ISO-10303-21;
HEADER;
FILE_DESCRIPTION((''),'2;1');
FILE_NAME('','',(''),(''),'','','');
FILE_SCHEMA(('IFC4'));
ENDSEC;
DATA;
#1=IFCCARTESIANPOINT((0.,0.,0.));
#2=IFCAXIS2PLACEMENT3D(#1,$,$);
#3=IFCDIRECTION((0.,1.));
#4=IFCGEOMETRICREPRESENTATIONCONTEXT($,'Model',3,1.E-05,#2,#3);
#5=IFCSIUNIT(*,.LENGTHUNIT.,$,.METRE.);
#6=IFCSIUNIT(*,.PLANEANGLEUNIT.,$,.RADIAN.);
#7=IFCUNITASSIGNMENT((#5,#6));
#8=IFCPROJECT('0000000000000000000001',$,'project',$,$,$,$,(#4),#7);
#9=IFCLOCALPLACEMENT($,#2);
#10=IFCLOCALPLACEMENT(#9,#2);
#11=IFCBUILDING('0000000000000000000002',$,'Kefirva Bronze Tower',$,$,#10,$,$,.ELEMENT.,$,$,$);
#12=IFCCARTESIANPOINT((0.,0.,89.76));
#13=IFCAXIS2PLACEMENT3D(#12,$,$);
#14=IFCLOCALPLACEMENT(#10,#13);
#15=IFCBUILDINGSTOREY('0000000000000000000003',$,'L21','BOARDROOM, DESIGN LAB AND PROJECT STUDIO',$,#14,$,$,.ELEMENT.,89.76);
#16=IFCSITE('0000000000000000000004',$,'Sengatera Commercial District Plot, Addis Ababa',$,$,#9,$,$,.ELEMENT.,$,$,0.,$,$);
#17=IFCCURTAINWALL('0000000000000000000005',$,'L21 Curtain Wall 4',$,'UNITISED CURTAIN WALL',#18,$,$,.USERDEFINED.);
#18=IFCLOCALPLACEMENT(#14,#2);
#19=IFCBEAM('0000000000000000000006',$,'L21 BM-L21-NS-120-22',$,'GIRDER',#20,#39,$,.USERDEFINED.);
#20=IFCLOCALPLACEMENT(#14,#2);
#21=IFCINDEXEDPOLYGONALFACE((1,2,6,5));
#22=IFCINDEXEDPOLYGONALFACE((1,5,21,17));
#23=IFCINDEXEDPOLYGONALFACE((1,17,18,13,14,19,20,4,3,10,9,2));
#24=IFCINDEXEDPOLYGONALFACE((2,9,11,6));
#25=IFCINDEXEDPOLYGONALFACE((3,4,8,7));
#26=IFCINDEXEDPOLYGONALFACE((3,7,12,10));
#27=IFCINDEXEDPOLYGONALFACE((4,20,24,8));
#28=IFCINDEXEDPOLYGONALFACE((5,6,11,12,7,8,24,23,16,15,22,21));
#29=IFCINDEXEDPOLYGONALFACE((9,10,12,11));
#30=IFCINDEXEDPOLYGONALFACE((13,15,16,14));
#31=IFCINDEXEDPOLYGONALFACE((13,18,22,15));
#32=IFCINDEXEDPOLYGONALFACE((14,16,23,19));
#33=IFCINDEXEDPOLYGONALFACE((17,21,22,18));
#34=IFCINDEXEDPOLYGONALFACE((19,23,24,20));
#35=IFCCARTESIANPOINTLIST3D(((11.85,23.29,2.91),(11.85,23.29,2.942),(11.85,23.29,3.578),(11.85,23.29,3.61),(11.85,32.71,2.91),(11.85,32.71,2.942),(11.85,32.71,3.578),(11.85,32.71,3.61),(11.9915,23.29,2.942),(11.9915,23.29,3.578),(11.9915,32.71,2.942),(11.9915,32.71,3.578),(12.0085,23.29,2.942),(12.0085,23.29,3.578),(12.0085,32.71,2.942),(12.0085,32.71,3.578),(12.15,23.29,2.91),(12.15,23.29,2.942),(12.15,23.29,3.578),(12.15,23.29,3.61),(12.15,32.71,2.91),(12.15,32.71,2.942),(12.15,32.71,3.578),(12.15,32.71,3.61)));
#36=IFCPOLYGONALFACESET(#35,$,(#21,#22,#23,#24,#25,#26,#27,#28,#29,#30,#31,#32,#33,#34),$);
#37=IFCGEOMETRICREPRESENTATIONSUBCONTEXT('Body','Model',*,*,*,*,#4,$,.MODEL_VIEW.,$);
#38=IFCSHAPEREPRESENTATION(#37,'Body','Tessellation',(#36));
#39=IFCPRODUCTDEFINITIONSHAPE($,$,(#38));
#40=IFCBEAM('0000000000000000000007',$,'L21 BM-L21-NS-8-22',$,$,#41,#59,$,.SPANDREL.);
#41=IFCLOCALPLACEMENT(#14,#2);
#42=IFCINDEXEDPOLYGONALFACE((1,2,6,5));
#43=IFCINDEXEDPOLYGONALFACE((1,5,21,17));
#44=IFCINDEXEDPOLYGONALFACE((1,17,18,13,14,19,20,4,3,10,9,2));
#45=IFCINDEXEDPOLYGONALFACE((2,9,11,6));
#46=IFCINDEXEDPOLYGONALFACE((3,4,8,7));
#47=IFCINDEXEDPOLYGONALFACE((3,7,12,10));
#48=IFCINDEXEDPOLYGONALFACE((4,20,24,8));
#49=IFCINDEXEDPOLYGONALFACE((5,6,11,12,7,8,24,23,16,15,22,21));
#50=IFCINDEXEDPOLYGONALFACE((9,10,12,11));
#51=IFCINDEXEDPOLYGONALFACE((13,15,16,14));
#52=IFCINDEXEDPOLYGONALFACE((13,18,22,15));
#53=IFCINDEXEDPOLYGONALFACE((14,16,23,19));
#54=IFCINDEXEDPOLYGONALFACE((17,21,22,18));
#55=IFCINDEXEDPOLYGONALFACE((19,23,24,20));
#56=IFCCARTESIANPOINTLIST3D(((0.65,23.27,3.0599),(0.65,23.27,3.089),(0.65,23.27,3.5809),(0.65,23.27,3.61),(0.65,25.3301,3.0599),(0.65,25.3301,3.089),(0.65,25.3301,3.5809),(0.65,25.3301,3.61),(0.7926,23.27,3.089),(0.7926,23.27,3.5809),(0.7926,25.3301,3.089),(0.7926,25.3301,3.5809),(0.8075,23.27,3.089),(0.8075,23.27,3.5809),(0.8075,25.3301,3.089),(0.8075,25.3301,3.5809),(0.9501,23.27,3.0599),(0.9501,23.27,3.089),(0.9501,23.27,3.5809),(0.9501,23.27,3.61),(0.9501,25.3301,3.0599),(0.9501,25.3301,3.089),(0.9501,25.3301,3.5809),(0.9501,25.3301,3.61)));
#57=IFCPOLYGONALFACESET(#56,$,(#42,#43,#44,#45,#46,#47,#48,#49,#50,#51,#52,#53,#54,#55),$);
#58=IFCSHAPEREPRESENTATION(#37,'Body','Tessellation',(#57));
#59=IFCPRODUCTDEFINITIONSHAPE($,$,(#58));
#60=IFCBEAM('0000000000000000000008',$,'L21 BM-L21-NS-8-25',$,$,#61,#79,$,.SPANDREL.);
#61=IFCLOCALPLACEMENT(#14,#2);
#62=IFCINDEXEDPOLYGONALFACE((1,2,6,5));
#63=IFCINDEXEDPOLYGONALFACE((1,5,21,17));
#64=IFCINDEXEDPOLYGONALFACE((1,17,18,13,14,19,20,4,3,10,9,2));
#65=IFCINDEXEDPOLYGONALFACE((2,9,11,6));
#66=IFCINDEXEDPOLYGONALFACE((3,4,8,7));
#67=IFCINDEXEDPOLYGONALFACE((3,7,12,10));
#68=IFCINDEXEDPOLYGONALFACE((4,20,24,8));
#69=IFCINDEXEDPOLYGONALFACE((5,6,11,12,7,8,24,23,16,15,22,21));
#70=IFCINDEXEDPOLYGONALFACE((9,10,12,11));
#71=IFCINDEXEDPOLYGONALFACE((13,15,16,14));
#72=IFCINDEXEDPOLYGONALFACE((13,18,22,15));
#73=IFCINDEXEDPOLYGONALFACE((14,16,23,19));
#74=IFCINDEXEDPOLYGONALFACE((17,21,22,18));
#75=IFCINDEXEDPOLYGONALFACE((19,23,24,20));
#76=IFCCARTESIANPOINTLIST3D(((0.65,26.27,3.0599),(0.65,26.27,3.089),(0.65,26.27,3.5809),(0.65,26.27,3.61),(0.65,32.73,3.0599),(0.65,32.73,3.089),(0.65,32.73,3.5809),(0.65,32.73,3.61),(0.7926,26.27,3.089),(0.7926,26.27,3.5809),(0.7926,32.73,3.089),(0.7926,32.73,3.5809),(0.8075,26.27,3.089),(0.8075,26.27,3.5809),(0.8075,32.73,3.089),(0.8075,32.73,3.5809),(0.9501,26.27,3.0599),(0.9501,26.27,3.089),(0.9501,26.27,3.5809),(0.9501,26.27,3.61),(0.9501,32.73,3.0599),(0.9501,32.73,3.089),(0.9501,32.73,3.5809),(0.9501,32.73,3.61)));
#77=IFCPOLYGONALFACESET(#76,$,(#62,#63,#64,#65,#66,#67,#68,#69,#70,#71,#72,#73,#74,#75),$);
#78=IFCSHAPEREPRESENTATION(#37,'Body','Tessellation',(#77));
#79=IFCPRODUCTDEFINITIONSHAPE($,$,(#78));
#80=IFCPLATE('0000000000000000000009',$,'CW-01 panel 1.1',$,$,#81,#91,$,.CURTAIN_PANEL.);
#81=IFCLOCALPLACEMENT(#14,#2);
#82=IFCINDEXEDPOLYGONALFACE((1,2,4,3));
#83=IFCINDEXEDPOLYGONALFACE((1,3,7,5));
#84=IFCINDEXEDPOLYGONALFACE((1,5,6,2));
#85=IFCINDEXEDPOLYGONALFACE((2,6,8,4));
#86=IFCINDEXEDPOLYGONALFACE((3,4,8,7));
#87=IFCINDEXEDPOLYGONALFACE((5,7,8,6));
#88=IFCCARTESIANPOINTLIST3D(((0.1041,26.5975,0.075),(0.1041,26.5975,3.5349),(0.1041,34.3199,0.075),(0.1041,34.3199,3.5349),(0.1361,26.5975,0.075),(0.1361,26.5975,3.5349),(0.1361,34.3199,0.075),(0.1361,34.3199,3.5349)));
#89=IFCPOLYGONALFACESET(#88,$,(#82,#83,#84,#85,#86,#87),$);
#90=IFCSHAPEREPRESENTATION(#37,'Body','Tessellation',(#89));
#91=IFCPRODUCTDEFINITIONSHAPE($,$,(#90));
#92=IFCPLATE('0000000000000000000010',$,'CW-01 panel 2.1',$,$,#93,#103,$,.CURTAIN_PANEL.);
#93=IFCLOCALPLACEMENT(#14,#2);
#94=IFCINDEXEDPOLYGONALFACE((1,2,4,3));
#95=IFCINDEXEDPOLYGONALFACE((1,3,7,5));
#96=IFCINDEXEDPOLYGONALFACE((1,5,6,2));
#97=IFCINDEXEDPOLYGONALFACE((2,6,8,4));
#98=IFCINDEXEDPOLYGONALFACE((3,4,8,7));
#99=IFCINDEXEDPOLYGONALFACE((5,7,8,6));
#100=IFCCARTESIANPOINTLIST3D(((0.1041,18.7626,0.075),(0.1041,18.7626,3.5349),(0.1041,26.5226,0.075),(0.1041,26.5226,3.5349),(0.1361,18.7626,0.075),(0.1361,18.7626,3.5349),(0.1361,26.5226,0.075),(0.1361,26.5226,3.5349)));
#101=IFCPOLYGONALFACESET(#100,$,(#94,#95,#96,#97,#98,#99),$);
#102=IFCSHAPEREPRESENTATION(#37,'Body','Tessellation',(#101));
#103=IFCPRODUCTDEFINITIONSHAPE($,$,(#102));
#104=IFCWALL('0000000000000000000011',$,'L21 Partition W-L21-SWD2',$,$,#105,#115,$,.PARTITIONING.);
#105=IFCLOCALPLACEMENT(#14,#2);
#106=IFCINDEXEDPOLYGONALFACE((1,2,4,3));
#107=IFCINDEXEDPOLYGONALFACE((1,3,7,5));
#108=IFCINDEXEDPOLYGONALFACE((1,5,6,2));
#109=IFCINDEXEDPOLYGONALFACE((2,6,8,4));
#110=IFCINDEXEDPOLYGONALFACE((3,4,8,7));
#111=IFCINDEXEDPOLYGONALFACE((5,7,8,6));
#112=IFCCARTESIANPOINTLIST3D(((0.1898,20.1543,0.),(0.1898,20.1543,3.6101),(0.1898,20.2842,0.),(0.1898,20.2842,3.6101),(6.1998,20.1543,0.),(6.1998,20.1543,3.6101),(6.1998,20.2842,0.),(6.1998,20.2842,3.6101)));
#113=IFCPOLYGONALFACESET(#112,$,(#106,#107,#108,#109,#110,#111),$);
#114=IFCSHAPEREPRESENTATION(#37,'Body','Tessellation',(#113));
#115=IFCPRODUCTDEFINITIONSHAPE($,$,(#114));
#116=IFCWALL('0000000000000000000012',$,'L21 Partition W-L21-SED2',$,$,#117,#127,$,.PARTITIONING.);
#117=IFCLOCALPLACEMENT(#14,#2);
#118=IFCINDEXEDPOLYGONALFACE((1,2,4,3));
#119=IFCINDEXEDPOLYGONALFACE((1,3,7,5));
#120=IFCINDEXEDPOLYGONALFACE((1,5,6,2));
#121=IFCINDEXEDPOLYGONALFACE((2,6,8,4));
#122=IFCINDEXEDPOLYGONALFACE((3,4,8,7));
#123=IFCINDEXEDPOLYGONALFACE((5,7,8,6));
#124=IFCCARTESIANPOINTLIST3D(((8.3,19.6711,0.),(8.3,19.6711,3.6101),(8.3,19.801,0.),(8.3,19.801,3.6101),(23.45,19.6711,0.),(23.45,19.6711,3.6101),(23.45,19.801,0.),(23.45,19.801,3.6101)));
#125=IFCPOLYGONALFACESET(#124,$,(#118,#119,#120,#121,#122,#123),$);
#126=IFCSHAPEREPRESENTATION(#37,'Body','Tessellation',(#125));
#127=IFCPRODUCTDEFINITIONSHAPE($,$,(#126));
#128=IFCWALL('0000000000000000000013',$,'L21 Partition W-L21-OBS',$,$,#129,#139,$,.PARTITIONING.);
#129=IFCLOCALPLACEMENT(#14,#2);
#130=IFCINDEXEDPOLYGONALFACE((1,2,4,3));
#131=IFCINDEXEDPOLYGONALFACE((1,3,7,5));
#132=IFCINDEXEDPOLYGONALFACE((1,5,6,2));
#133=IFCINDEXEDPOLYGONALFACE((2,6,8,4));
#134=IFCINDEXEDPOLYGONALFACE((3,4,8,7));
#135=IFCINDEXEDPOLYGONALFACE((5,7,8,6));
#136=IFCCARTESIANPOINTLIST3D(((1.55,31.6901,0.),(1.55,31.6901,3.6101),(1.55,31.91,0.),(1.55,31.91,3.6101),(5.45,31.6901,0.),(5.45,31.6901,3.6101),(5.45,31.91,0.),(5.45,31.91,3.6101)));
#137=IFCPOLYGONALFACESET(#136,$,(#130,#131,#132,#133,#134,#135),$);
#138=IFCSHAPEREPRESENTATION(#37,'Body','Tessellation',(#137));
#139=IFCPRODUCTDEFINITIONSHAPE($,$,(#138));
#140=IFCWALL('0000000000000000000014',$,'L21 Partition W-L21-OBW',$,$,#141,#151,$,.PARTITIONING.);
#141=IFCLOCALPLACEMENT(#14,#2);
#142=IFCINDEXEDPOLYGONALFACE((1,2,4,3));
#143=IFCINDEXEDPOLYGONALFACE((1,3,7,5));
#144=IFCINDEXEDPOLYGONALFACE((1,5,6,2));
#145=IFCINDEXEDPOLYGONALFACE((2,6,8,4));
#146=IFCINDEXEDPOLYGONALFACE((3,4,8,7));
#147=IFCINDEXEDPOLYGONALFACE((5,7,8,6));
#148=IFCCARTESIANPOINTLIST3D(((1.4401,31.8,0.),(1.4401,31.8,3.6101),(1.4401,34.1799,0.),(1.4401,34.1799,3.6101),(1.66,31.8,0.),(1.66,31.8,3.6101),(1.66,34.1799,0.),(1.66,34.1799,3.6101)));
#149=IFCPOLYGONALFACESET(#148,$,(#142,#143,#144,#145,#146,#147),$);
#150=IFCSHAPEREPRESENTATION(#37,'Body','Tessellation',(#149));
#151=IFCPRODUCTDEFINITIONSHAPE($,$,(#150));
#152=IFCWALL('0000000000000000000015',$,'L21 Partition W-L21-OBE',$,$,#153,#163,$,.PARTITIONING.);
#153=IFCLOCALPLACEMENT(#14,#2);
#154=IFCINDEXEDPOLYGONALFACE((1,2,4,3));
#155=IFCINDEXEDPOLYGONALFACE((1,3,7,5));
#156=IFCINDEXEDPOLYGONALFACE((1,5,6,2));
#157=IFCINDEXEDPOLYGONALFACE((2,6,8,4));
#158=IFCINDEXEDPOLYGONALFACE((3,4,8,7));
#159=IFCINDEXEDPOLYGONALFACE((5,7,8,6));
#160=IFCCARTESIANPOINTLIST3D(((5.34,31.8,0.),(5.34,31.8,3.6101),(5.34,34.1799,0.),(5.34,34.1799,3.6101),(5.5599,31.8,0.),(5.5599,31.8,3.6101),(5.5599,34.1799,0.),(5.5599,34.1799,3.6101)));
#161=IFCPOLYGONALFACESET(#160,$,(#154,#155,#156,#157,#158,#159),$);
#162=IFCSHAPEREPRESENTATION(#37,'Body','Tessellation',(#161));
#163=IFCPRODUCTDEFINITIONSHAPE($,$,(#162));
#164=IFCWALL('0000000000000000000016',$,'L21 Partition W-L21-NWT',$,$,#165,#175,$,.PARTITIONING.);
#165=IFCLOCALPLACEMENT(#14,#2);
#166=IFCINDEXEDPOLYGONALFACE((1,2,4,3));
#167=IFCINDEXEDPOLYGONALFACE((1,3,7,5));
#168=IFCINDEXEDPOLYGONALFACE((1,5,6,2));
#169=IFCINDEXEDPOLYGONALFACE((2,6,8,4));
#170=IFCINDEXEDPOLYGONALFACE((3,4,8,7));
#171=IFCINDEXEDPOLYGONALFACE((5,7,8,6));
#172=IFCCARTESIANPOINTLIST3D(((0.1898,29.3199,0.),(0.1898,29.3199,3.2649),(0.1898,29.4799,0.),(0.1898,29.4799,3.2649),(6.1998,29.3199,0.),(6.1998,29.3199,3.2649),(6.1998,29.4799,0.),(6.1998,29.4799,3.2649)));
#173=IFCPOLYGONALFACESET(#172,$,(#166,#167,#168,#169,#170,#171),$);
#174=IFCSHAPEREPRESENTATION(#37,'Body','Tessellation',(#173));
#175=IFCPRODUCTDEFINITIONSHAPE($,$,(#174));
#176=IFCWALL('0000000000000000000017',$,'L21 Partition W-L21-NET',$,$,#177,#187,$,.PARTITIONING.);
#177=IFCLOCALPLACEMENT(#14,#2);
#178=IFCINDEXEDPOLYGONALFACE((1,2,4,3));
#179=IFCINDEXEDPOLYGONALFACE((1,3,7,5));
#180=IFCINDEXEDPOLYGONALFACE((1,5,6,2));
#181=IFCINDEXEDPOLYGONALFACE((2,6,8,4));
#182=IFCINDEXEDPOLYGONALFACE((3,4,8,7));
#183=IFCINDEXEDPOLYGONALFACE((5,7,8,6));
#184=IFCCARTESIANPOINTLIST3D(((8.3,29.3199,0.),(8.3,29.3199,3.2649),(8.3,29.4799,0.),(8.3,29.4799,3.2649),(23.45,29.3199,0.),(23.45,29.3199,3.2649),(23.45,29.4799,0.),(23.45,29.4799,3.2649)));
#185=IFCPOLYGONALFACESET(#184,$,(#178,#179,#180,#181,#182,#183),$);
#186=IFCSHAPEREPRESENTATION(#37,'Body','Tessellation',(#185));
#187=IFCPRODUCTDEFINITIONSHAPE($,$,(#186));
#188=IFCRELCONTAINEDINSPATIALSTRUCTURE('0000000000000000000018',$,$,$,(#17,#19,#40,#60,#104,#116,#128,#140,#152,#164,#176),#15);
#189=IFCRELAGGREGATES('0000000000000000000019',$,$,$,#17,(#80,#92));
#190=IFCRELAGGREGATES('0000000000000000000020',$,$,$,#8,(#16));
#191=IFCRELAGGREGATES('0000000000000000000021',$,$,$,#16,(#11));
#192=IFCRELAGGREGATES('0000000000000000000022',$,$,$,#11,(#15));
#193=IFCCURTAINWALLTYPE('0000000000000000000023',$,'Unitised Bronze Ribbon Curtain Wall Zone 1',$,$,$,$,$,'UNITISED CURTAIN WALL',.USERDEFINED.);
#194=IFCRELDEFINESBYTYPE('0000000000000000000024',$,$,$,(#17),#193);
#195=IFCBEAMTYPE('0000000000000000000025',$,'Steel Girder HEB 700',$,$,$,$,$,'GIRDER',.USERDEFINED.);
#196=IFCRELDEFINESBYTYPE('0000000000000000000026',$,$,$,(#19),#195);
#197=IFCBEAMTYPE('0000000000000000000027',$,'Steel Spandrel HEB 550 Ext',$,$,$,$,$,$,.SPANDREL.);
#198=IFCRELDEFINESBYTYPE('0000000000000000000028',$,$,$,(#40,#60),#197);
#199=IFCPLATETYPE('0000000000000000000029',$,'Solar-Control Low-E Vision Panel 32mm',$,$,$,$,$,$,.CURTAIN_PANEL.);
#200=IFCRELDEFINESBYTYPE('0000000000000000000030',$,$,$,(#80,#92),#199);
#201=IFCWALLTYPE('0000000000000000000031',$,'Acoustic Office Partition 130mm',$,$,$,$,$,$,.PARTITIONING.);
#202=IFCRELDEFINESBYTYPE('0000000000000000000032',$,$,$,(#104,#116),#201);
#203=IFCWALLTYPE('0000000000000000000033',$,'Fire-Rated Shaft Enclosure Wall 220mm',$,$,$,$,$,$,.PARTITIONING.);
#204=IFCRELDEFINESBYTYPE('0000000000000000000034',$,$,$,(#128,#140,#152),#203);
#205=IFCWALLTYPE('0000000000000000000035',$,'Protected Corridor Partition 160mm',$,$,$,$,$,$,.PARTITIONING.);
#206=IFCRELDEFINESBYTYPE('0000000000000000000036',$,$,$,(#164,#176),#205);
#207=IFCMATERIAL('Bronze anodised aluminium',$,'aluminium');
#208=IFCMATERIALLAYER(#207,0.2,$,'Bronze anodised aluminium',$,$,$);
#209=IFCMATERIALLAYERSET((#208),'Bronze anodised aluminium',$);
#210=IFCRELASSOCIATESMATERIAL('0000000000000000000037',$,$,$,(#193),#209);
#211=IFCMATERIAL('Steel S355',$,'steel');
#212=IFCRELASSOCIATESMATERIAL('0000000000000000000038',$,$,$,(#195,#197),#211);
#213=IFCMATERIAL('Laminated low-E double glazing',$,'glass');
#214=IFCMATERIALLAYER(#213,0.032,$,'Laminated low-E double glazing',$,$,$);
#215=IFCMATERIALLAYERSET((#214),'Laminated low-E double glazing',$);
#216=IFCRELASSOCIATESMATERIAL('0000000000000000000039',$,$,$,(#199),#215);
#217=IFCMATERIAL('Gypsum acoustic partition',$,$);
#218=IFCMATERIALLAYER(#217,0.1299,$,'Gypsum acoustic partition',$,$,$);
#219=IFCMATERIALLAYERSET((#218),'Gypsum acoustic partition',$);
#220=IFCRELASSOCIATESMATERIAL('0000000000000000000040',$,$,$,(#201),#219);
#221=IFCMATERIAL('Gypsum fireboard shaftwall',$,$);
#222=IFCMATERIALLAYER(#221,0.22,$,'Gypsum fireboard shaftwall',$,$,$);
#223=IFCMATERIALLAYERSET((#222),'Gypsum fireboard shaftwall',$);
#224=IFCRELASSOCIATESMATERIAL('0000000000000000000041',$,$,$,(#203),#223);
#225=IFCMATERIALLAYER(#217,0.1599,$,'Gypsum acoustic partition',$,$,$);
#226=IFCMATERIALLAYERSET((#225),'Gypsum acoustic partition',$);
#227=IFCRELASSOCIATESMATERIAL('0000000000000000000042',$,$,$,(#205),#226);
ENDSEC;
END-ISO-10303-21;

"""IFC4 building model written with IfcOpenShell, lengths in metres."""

from ifc_helpers import new_model, si_unit, direction, frame, frame_2d, origin, origin_2d, place, context, subcontext, project, spatial, rectangle, i_section, extrude, material, layer, layer_set, material_profile, profile_set, type_object, element, aggregate, save


model = new_model("IFC4")

# Units and contexts
model_context = context("Model", 3, precision=1e-05, world=origin(), true_north=direction((0.0, 1.0)))
body_context = subcontext(model_context, "Body", "Model", "MODEL_VIEW")
ifc_project = project(units=[si_unit("LENGTHUNIT", "METRE"), si_unit("PLANEANGLEUNIT", "RADIAN")], contexts=[model_context])

# Site, building, storey
site_placement = place(None, origin())
site = spatial("IfcSite", under=ifc_project, at=site_placement, Name="Sengatera Commercial District Plot, Addis Ababa", CompositionType="ELEMENT", RefElevation=0.0)
building_placement = place(site_placement, origin())
building = spatial("IfcBuilding", under=site, at=building_placement, Name="Kefirva Bronze Tower", CompositionType="ELEMENT")
storey_placement = place(building_placement, frame((0.0, 0.0, 89.76)))
storey = spatial("IfcBuildingStorey", under=building, at=storey_placement, Name="L21", Description="BOARDROOM, DESIGN LAB AND PROJECT STUDIO", CompositionType="ELEMENT", Elevation=89.76)

# Curtain wall
ifc_material_1 = material(Name="Bronze anodised aluminium", Category="aluminium")
ifc_layer_1 = layer(ifc_material_1, 0.2, Name="Bronze anodised aluminium")
ifc_layer_set_1 = layer_set([ifc_layer_1], Name="Bronze anodised aluminium")
curtain_wall_type = type_object("IfcCurtainWallType", Name="Unitised Bronze Ribbon Curtain Wall Zone 1", ElementType="UNITISED CURTAIN WALL", PredefinedType="USERDEFINED", material=ifc_layer_set_1)
curtain_wall_placement = place(storey_placement, origin())
curtain_wall = element("IfcCurtainWall", 1, at=curtain_wall_placement, inside=storey, type_object=curtain_wall_type, Name="L21 Curtain Wall 4", ObjectType="UNITISED CURTAIN WALL", PredefinedType="USERDEFINED")

# Beams
ifc_material_2 = material(Name="Steel S355", Category="steel")
ifc_material_profile_1 = material_profile(ifc_material_2, i_section(OverallWidth=0.3, OverallDepth=0.7, WebThickness=0.0171, FlangeThickness=0.032, at=origin_2d()), Name="HEB 700")
ifc_profile_set_1 = profile_set([ifc_material_profile_1], Name="Steel S355")
beam_type_1 = type_object("IfcBeamType", Name="Steel Girder HEB 700", ElementType="GIRDER", PredefinedType="USERDEFINED", material=ifc_profile_set_1)
beam_1_placement = place(storey_placement, frame((12.0, 23.29, 3.26), z_axis=(0.0, 1.0, 0.0), x_axis=(-1.0, 0.0, 0.0)))
element("IfcBeam", 2, at=beam_1_placement, inside=storey, type_object=beam_type_1, Name="L21 BM-L21-NS-120-22", ObjectType="GIRDER", PredefinedType="USERDEFINED", context=body_context, shape_type="SweptSolid", body=[
    extrude(i_section(OverallWidth=0.3, OverallDepth=0.7, WebThickness=0.0171, FlangeThickness=0.032, at=origin_2d()), origin(), (0.0, 0.0, 1.0), 9.4199),
])
ifc_material_profile_2 = material_profile(ifc_material_2, i_section(OverallWidth=0.3, OverallDepth=0.55, WebThickness=0.0149, FlangeThickness=0.0291, at=origin_2d()), Name="HEB 550")
ifc_profile_set_2 = profile_set([ifc_material_profile_2], Name="Steel S355")
beam_type_2 = type_object("IfcBeamType", Name="Steel Spandrel HEB 550 Ext", PredefinedType="SPANDREL", material=ifc_profile_set_2)
beam_2_placement = place(storey_placement, frame((0.8, 23.27, 3.335), z_axis=(0.0, 1.0, 0.0), x_axis=(-1.0, 0.0, 0.0)))
element("IfcBeam", 3, at=beam_2_placement, inside=storey, type_object=beam_type_2, Name="L21 BM-L21-NS-8-22", PredefinedType="SPANDREL", context=body_context, shape_type="SweptSolid", body=[
    extrude(i_section(OverallWidth=0.3, OverallDepth=0.55, WebThickness=0.0149, FlangeThickness=0.0291, at=origin_2d()), origin(), (0.0, 0.0, 1.0), 2.0601),
])
beam_3_placement = place(storey_placement, frame((0.8, 26.27, 3.335), z_axis=(0.0, 1.0, 0.0), x_axis=(-1.0, 0.0, 0.0)))
element("IfcBeam", 4, at=beam_3_placement, inside=storey, type_object=beam_type_2, Name="L21 BM-L21-NS-8-25", PredefinedType="SPANDREL", context=body_context, shape_type="SweptSolid", body=[
    extrude(i_section(OverallWidth=0.3, OverallDepth=0.55, WebThickness=0.0149, FlangeThickness=0.0291, at=origin_2d()), origin(), (0.0, 0.0, 1.0), 6.46),
])

# Plates
ifc_material_3 = material(Name="Laminated low-E double glazing", Category="glass")
ifc_layer_2 = layer(ifc_material_3, 0.032, Name="Laminated low-E double glazing")
ifc_layer_set_2 = layer_set([ifc_layer_2], Name="Laminated low-E double glazing")
plate_type = type_object("IfcPlateType", Name="Solar-Control Low-E Vision Panel 32mm", PredefinedType="CURTAIN_PANEL", material=ifc_layer_set_2)
plate_1_placement = place(storey_placement, frame((0.1201, 30.4587, 0.075), z_axis=(0.0, 0.0, 1.0), x_axis=(0.0, -1.0, 0.0)))
plate_1 = element("IfcPlate", 5, at=plate_1_placement, type_object=plate_type, Name="CW-01 panel 1.1", PredefinedType="CURTAIN_PANEL", context=body_context, shape_type="SweptSolid", body=[
    extrude(rectangle(XDim=7.7224, YDim=0.032, at=origin_2d()), origin(), (0.0, 0.0, 1.0), 3.46),
])
plate_2_placement = place(storey_placement, frame((0.1201, 22.6426, 0.075), z_axis=(0.0, 0.0, 1.0), x_axis=(0.0, -1.0, 0.0)))
plate_2 = element("IfcPlate", 6, at=plate_2_placement, type_object=plate_type, Name="CW-01 panel 2.1", PredefinedType="CURTAIN_PANEL", context=body_context, shape_type="SweptSolid", body=[
    extrude(rectangle(XDim=7.76, YDim=0.032, at=origin_2d()), origin(), (0.0, 0.0, 1.0), 3.46),
])
aggregate(curtain_wall, [plate_1, plate_2])

# Walls
ifc_material_4 = material(Name="Gypsum acoustic partition")
ifc_layer_3 = layer(ifc_material_4, 0.1299, Name="Gypsum acoustic partition")
ifc_layer_set_3 = layer_set([ifc_layer_3], Name="Gypsum acoustic partition")
wall_type_1 = type_object("IfcWallType", Name="Acoustic Office Partition 130mm", PredefinedType="PARTITIONING", material=ifc_layer_set_3)
wall_1_placement = place(storey_placement, frame((0.1899, 20.2192, 0.0), z_axis=(0.0, 0.0, 1.0), x_axis=(1.0, 0.0, 0.0)))
element("IfcWall", 7, at=wall_1_placement, inside=storey, type_object=wall_type_1, Name="L21 Partition W-L21-SWD2", PredefinedType="PARTITIONING", context=body_context, shape_type="SweptSolid", body=[
    extrude(rectangle(XDim=6.01, YDim=0.1299, at=frame_2d((3.0049, 0.0))), origin(), (0.0, 0.0, 1.0), 3.6101),
])
wall_2_placement = place(storey_placement, frame((8.3, 19.7361, 0.0), z_axis=(0.0, 0.0, 1.0), x_axis=(1.0, 0.0, 0.0)))
element("IfcWall", 8, at=wall_2_placement, inside=storey, type_object=wall_type_1, Name="L21 Partition W-L21-SED2", PredefinedType="PARTITIONING", context=body_context, shape_type="SweptSolid", body=[
    extrude(rectangle(XDim=15.1499, YDim=0.1299, at=frame_2d((7.575, 0.0))), origin(), (0.0, 0.0, 1.0), 3.6101),
])
ifc_material_5 = material(Name="Gypsum fireboard shaftwall")
ifc_layer_4 = layer(ifc_material_5, 0.22, Name="Gypsum fireboard shaftwall")
ifc_layer_set_4 = layer_set([ifc_layer_4], Name="Gypsum fireboard shaftwall")
wall_type_2 = type_object("IfcWallType", Name="Fire-Rated Shaft Enclosure Wall 220mm", PredefinedType="PARTITIONING", material=ifc_layer_set_4)
wall_3_placement = place(storey_placement, frame((1.55, 31.8, 0.0), z_axis=(0.0, 0.0, 1.0), x_axis=(1.0, 0.0, 0.0)))
element("IfcWall", 9, at=wall_3_placement, inside=storey, type_object=wall_type_2, Name="L21 Partition W-L21-OBS", PredefinedType="PARTITIONING", context=body_context, shape_type="SweptSolid", body=[
    extrude(rectangle(XDim=3.8999, YDim=0.22, at=frame_2d((1.95, 0.0))), origin(), (0.0, 0.0, 1.0), 3.6101),
])
for number, where, z_axis, x_axis, name in (
    (10, (1.55, 31.8, 0.0), (0.0, 0.0, 1.0), (0.0, 1.0, 0.0), "L21 Partition W-L21-OBW"),
    (11, (5.45, 31.8, 0.0), (0.0, 0.0, 1.0), (0.0, 1.0, 0.0), "L21 Partition W-L21-OBE"),
):
    element("IfcWall", number, at=place(storey_placement, frame(where, z_axis=z_axis, x_axis=x_axis)), inside=storey, type_object=wall_type_2, Name=name, PredefinedType="PARTITIONING", context=body_context, shape_type="SweptSolid", body=[
        extrude(rectangle(XDim=2.3799, YDim=0.22, at=frame_2d((1.1899, 0.0))), origin(), (0.0, 0.0, 1.0), 3.6101),
    ])
ifc_layer_5 = layer(ifc_material_4, 0.1599, Name="Gypsum acoustic partition")
ifc_layer_set_5 = layer_set([ifc_layer_5], Name="Gypsum acoustic partition")
wall_type_3 = type_object("IfcWallType", Name="Protected Corridor Partition 160mm", PredefinedType="PARTITIONING", material=ifc_layer_set_5)
wall_4_placement = place(storey_placement, frame((0.1899, 29.3999, 0.0), z_axis=(0.0, 0.0, 1.0), x_axis=(1.0, 0.0, 0.0)))
element("IfcWall", 12, at=wall_4_placement, inside=storey, type_object=wall_type_3, Name="L21 Partition W-L21-NWT", PredefinedType="PARTITIONING", context=body_context, shape_type="SweptSolid", body=[
    extrude(rectangle(XDim=6.01, YDim=0.1599, at=frame_2d((3.0049, 0.0))), origin(), (0.0, 0.0, 1.0), 3.2649),
])
wall_5_placement = place(storey_placement, frame((8.3, 29.3999, 0.0), z_axis=(0.0, 0.0, 1.0), x_axis=(1.0, 0.0, 0.0)))
element("IfcWall", 13, at=wall_5_placement, inside=storey, type_object=wall_type_3, Name="L21 Partition W-L21-NET", PredefinedType="PARTITIONING", context=body_context, shape_type="SweptSolid", body=[
    extrude(rectangle(XDim=15.1499, YDim=0.1599, at=frame_2d((7.575, 0.0))), origin(), (0.0, 0.0, 1.0), 3.2649),
])

save(model, "model.ifc")
